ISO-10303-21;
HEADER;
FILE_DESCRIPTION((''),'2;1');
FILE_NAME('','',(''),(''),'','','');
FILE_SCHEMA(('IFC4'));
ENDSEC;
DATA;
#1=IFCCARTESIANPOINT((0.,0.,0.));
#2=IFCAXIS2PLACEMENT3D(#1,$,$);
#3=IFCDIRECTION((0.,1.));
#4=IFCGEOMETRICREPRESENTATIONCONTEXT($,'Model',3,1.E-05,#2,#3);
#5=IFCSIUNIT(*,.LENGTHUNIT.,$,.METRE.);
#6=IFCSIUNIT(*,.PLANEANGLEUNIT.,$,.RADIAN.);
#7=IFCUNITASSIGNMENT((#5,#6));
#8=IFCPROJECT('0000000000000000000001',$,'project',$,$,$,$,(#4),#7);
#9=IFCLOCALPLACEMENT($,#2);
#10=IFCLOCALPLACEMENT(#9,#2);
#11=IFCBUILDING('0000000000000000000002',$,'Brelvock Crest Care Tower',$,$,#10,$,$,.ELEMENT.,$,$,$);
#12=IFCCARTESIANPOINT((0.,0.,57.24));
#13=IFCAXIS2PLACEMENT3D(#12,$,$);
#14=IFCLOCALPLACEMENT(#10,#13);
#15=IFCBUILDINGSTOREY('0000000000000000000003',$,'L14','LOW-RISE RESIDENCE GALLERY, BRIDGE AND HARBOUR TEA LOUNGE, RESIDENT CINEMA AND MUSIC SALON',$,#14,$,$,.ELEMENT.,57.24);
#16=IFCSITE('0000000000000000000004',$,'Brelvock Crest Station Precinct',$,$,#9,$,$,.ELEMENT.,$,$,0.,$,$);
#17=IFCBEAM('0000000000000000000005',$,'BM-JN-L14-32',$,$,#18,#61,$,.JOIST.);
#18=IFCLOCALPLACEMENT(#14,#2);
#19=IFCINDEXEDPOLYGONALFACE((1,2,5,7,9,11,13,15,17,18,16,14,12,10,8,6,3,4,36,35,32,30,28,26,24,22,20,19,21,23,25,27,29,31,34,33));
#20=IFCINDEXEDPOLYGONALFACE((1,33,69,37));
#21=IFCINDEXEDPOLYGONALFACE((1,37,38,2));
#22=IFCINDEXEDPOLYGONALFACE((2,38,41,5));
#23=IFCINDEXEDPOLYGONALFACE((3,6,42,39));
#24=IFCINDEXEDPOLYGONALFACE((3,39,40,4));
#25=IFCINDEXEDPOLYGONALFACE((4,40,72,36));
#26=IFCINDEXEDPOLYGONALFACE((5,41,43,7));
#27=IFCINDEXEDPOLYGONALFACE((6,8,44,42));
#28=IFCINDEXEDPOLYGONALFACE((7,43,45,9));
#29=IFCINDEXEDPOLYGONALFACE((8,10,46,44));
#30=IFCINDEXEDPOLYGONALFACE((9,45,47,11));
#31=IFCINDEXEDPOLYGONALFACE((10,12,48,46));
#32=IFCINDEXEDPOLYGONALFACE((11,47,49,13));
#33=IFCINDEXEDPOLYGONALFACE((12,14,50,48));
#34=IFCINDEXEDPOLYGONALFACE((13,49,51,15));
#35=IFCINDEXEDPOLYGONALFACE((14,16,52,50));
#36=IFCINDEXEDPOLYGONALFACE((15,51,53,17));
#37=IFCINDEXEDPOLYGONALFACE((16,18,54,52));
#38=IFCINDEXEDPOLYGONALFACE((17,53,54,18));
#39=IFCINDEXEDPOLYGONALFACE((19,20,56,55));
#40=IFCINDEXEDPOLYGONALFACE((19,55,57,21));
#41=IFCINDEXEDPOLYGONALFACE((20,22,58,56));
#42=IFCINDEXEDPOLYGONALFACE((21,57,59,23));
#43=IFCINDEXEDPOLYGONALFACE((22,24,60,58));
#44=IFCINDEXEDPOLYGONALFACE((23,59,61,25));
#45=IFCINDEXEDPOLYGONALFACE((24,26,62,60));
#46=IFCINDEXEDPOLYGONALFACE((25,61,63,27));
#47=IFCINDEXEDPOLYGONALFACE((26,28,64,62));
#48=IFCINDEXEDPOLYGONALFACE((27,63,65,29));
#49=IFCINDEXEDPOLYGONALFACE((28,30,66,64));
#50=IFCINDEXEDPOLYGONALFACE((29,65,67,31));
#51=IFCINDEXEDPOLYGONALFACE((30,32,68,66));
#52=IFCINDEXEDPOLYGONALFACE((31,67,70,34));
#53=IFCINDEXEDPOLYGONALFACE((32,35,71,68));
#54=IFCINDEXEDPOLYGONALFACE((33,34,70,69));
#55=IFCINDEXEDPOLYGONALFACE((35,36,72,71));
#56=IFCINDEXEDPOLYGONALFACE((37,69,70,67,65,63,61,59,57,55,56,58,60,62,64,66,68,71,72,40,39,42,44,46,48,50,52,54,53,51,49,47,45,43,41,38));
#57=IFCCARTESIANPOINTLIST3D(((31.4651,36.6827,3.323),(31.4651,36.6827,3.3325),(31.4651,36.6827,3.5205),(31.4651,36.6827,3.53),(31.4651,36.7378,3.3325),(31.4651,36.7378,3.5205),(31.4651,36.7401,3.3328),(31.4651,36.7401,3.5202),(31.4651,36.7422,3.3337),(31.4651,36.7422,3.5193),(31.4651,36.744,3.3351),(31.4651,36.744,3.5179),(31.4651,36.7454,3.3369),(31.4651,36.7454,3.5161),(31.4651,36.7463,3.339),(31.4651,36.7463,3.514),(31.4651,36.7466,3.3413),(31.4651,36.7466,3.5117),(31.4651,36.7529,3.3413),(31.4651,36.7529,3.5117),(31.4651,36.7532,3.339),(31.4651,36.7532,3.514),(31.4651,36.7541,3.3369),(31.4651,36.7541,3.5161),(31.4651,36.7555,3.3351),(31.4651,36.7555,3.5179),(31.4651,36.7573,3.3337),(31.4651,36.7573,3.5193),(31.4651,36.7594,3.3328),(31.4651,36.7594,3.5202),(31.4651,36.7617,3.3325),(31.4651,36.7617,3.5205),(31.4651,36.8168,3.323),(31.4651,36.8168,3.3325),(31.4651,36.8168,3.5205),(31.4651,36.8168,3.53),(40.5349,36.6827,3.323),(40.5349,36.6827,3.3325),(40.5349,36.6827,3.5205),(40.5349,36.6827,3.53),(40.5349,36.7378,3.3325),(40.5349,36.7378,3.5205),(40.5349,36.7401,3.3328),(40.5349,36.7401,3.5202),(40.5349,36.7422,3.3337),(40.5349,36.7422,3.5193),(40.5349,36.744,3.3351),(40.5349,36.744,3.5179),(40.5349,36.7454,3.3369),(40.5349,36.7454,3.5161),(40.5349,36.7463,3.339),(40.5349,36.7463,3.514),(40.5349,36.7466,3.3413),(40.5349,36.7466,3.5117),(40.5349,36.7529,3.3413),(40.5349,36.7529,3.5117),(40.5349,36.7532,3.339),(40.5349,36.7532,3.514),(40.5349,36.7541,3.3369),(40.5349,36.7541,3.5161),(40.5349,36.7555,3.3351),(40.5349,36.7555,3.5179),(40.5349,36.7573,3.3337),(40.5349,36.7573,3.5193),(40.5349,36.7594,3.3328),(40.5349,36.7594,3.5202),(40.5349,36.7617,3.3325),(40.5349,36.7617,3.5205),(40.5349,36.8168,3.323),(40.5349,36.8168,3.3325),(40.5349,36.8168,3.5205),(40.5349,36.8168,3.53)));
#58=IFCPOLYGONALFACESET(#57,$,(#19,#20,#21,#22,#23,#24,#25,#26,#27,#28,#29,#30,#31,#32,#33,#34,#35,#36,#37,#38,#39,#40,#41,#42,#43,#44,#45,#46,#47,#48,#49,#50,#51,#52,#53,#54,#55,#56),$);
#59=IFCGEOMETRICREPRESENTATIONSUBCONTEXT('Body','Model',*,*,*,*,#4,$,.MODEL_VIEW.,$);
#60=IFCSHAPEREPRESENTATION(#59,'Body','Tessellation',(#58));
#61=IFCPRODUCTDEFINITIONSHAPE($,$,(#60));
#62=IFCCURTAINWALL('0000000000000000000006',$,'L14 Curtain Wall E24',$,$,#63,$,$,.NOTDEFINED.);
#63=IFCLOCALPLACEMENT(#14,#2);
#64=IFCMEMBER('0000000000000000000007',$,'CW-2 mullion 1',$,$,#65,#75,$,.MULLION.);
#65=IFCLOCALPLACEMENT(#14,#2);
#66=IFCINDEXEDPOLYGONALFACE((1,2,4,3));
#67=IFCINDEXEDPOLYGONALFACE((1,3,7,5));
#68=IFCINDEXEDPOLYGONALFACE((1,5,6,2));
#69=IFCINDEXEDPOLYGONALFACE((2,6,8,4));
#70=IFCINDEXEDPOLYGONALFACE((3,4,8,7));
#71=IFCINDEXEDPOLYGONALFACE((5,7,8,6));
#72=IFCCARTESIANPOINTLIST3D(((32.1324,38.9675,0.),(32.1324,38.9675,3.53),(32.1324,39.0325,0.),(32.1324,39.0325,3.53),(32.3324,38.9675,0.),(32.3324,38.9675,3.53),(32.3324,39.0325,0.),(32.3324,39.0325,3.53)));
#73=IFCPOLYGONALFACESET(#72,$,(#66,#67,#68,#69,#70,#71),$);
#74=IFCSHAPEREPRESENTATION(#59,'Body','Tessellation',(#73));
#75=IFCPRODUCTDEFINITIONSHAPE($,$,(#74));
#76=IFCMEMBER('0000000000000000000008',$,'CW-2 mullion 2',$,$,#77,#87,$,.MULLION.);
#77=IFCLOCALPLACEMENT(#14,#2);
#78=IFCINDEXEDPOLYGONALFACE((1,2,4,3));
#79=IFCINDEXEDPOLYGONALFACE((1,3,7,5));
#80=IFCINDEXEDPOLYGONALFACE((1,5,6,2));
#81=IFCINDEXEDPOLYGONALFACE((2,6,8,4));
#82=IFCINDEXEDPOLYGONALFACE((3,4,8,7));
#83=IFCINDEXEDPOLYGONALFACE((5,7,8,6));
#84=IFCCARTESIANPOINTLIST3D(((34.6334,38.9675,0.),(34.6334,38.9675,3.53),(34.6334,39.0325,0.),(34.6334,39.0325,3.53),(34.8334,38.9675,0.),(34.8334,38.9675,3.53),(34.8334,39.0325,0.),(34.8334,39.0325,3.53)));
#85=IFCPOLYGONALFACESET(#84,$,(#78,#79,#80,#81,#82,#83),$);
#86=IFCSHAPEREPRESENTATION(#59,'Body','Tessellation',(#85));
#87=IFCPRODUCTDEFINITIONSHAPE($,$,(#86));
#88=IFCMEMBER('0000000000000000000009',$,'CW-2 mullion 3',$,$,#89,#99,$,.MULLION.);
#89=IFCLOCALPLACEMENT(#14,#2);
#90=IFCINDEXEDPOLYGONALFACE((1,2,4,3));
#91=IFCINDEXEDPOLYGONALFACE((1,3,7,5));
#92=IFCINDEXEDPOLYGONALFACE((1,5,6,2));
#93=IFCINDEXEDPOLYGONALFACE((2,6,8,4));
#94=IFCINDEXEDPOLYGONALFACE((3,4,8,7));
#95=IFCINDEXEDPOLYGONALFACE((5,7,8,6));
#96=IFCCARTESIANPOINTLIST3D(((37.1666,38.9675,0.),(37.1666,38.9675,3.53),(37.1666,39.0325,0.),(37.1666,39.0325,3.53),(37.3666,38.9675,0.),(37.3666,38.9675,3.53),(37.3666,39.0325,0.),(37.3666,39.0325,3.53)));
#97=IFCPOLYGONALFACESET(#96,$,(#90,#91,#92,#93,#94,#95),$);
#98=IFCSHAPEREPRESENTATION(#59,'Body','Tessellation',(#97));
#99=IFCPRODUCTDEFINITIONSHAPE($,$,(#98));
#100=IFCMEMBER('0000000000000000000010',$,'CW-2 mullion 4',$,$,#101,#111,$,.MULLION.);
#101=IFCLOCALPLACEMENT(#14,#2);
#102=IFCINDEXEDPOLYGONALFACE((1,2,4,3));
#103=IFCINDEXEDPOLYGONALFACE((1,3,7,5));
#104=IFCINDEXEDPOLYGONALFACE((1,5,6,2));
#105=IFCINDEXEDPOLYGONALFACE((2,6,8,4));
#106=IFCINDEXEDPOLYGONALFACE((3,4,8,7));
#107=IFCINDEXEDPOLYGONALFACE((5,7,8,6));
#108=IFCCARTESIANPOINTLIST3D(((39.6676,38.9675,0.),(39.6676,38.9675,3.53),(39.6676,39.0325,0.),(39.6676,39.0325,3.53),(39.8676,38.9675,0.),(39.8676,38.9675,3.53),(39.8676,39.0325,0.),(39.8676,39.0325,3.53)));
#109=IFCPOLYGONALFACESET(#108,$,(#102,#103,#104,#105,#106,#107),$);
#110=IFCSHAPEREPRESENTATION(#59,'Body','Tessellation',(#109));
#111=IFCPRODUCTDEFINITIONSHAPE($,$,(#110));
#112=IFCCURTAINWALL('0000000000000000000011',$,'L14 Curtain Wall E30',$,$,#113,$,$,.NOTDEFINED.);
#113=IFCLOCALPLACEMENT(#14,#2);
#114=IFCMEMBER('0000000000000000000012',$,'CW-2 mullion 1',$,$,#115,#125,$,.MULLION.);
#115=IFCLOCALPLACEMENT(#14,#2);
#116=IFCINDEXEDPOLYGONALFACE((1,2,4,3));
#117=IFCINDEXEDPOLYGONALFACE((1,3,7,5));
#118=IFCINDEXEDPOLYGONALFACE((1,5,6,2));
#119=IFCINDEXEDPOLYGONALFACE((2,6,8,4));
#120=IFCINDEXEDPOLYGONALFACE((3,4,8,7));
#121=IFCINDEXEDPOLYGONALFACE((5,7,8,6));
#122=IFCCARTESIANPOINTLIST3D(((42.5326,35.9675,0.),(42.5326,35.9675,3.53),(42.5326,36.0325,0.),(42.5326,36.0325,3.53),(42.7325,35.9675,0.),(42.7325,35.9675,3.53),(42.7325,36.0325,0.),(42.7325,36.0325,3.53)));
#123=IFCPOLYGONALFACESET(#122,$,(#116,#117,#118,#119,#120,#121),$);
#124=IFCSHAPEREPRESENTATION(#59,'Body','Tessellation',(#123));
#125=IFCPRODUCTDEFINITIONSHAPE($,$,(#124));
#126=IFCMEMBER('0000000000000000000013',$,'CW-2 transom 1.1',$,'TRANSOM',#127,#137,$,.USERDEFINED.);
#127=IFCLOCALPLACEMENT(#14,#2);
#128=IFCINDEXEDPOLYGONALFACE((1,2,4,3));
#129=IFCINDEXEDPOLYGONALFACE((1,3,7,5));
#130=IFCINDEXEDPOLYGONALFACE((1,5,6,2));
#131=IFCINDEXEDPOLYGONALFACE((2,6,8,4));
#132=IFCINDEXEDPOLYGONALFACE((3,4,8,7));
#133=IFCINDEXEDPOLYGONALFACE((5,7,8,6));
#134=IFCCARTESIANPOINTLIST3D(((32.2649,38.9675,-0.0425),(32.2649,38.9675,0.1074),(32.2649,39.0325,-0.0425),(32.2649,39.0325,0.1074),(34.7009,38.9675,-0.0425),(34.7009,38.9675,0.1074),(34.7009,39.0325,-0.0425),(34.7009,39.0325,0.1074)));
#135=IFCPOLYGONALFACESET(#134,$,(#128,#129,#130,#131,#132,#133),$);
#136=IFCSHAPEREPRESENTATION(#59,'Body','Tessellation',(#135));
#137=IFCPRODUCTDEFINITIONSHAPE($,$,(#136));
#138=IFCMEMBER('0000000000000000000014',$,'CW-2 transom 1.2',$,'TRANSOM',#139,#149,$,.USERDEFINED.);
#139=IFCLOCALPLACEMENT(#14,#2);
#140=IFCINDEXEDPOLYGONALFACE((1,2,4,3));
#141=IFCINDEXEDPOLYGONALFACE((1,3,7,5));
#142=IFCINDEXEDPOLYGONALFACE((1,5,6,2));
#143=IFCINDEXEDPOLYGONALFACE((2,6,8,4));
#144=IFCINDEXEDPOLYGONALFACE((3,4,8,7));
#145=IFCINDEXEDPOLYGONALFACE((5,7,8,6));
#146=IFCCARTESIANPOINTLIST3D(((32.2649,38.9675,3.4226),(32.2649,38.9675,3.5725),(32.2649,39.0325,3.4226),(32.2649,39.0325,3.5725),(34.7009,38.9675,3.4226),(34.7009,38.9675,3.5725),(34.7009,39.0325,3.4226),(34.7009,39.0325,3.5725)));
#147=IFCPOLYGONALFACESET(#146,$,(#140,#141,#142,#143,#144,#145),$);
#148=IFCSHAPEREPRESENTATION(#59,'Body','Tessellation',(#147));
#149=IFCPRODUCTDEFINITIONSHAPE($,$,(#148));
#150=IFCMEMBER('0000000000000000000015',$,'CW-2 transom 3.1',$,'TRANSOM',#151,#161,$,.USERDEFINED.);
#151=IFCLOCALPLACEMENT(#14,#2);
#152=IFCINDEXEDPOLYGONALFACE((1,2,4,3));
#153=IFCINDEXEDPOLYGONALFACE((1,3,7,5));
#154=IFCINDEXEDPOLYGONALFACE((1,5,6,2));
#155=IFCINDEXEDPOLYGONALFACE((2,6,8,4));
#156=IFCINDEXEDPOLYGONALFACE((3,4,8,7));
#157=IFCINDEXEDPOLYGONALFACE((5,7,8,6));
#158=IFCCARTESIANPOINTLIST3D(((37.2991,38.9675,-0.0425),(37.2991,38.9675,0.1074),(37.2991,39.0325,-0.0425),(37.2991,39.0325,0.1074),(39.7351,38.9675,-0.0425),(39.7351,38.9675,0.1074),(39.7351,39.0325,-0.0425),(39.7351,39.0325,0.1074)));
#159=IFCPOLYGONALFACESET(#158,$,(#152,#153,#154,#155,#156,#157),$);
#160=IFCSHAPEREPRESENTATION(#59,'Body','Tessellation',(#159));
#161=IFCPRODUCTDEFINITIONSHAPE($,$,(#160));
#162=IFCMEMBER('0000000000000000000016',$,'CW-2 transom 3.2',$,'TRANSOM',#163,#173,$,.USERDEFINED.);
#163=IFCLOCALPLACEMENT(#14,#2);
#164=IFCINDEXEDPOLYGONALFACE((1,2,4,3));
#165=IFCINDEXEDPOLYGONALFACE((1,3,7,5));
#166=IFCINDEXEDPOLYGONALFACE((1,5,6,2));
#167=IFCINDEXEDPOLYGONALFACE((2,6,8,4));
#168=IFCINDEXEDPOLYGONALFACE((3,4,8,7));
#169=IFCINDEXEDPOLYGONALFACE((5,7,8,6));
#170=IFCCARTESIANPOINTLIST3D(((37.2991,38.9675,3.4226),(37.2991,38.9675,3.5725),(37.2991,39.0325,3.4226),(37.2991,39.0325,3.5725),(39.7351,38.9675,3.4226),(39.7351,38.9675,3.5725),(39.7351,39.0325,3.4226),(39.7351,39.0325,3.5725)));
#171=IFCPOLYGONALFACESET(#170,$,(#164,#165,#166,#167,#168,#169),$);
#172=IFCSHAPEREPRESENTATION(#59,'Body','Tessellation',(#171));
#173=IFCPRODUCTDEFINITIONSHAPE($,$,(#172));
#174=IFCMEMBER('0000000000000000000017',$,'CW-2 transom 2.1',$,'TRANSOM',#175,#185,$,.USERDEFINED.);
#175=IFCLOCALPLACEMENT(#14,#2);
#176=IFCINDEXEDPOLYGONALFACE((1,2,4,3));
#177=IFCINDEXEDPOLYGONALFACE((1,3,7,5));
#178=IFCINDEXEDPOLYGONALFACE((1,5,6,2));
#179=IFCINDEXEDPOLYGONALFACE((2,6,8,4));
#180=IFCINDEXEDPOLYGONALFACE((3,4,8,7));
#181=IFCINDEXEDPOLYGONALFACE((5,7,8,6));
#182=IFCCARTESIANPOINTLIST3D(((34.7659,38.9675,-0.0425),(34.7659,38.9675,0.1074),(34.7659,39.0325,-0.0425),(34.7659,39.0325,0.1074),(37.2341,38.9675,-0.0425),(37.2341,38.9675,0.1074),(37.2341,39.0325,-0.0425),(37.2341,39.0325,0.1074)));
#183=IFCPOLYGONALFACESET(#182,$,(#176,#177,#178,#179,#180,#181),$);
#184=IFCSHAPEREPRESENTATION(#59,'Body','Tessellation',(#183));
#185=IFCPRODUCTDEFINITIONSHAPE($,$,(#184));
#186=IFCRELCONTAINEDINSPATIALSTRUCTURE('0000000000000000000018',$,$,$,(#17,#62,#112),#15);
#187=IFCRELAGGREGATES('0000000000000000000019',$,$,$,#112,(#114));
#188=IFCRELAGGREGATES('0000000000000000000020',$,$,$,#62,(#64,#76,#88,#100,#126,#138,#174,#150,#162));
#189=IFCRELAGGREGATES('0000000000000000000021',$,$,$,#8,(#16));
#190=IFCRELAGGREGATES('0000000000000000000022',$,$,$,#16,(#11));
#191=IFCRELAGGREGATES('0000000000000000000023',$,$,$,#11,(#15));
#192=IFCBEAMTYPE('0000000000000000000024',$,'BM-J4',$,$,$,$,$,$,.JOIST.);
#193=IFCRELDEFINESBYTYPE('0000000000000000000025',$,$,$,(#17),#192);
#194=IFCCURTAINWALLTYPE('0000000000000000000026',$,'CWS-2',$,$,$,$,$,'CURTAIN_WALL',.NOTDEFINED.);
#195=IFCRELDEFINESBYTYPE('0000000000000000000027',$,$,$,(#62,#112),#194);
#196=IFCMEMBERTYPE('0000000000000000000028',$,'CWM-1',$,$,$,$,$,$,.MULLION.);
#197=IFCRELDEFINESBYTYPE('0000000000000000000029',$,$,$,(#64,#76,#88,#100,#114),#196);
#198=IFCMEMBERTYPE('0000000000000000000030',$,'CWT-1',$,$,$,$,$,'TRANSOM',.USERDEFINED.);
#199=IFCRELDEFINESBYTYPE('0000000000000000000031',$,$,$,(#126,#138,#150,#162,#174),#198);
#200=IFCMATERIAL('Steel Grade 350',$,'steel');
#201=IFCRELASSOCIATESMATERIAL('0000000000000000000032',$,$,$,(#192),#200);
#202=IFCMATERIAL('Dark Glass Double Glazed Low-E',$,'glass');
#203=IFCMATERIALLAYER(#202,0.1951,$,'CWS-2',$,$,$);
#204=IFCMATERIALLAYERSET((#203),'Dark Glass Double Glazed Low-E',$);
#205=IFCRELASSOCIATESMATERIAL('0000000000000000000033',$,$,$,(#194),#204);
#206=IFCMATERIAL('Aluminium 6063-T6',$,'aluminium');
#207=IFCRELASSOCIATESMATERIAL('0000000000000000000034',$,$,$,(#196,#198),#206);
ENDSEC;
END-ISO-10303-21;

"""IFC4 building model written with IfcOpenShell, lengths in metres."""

from ifc_helpers import new_model, si_unit, direction, frame, origin, origin_2d, place, context, subcontext, project, spatial, rectangle, i_section, extrude, source, transform, mapped, material, layer, layer_set, material_profile, profile_set, type_object, element, aggregate, save


model = new_model("IFC4")

# Units and contexts
model_context = context("Model", 3, precision=1e-05, world=origin(), true_north=direction((0.0, 1.0)))
body_context = subcontext(model_context, "Body", "Model", "MODEL_VIEW")
ifc_project = project(units=[si_unit("LENGTHUNIT", "METRE"), si_unit("PLANEANGLEUNIT", "RADIAN")], contexts=[model_context])

# Site, building, storey
site_placement = place(None, origin())
site = spatial("IfcSite", under=ifc_project, at=site_placement, Name="Brelvock Crest Station Precinct", CompositionType="ELEMENT", RefElevation=0.0)
building_placement = place(site_placement, origin())
building = spatial("IfcBuilding", under=site, at=building_placement, Name="Brelvock Crest Care Tower", CompositionType="ELEMENT")
storey_placement = place(building_placement, frame((0.0, 0.0, 57.24)))
storey = spatial("IfcBuildingStorey", under=building, at=storey_placement, Name="L14", Description="LOW-RISE RESIDENCE GALLERY, BRIDGE AND HARBOUR TEA LOUNGE, RESIDENT CINEMA AND MUSIC SALON", CompositionType="ELEMENT", Elevation=57.24)

# Shared definitions
ifc_material_1 = material(Name="Steel Grade 350", Category="steel")

# Beam
ifc_material_profile_1 = material_profile(ifc_material_1, i_section(OverallWidth=0.134, OverallDepth=0.207, WebThickness=0.0063, FlangeThickness=0.0095, FilletRadius=0.0088, at=origin_2d()), Name="200UB29.8")
ifc_profile_set_1 = profile_set([ifc_material_profile_1], Name="Steel Grade 350")
beam_type_1 = type_object("IfcBeamType", Name="BM-J4", PredefinedType="JOIST", material=ifc_profile_set_1)
shared_shape_1 = source(origin(), body_context, "Body", "SweptSolid", [
    extrude(i_section(OverallWidth=0.134, OverallDepth=0.207, WebThickness=0.0063, FlangeThickness=0.0095, FilletRadius=0.0088, at=origin_2d()), origin(), (0.0, 0.0, 1.0), 9.0698),
])
for number, where, z_axis, x_axis, name in (
    (1, (31.4651, 36.7498, 3.4265), (1.0, 0.0, 0.0), (0.0, 1.0, 0.0), "BM-JN-L14-32"),
):
    element("IfcBeam", number, at=place(storey_placement, frame(where, z_axis=z_axis, x_axis=x_axis)), inside=storey, type_object=beam_type_1, Name=name, PredefinedType="JOIST", context=body_context, shape_type="MappedRepresentation", body=[
        mapped(shared_shape_1, transform((0.0, 0.0, 0.0), x_axis=(1.0, 0.0, 0.0), y_axis=(0.0, 1.0, 0.0), z_axis=(0.0, 0.0, 1.0), scale=1.0)),
    ])

# Curtain wall, members
ifc_material_2 = material(Name="Dark Glass Double Glazed Low-E", Category="glass")
ifc_layer_1 = layer(ifc_material_2, 0.1951, Name="CWS-2")
ifc_layer_set_1 = layer_set([ifc_layer_1], Name="Dark Glass Double Glazed Low-E")
curtain_wall_type = type_object("IfcCurtainWallType", Name="CWS-2", ElementType="CURTAIN_WALL", PredefinedType="NOTDEFINED", material=ifc_layer_set_1)
curtain_wall_1_placement = place(storey_placement, origin())
curtain_wall_1 = element("IfcCurtainWall", 2, at=curtain_wall_1_placement, inside=storey, type_object=curtain_wall_type, Name="L14 Curtain Wall E24", PredefinedType="NOTDEFINED")
ifc_material_3 = material(Name="Aluminium 6063-T6", Category="aluminium")
ifc_material_profile_2 = material_profile(ifc_material_3, rectangle(XDim=0.0649, YDim=0.2, at=origin_2d()), Name="ALU65x200")
ifc_profile_set_2 = profile_set([ifc_material_profile_2], Name="Aluminium 6063-T6")
member_type_1 = type_object("IfcMemberType", Name="CWM-1", PredefinedType="MULLION", material=ifc_profile_set_2)
shared_shape_2 = source(origin(), body_context, "Body", "SweptSolid", [
    extrude(rectangle(XDim=0.0649, YDim=0.2, at=origin_2d()), origin(), (0.0, 0.0, 1.0), 3.53),
])
member_1_placement = place(storey_placement, frame((32.2324, 39.0, 0.0), z_axis=(0.0, 0.0, 1.0), x_axis=(0.0, 1.0, 0.0)))
member_1 = element("IfcMember", 3, at=member_1_placement, type_object=member_type_1, Name="CW-2 mullion 1", PredefinedType="MULLION", context=body_context, shape_type="MappedRepresentation", body=[
    mapped(shared_shape_2, transform((0.0, 0.0, 0.0), x_axis=(1.0, 0.0, 0.0), y_axis=(0.0, 1.0, 0.0), z_axis=(0.0, 0.0, 1.0), scale=1.0)),
])
member_2_placement = place(storey_placement, frame((34.7334, 39.0, 0.0), z_axis=(0.0, 0.0, 1.0), x_axis=(0.0, 1.0, 0.0)))
member_2 = element("IfcMember", 4, at=member_2_placement, type_object=member_type_1, Name="CW-2 mullion 2", PredefinedType="MULLION", context=body_context, shape_type="MappedRepresentation", body=[
    mapped(shared_shape_2, transform((0.0, 0.0, 0.0), x_axis=(1.0, 0.0, 0.0), y_axis=(0.0, 1.0, 0.0), z_axis=(0.0, 0.0, 1.0), scale=1.0)),
])
member_3_placement = place(storey_placement, frame((37.2666, 39.0, 0.0), z_axis=(0.0, 0.0, 1.0), x_axis=(0.0, 1.0, 0.0)))
member_3 = element("IfcMember", 5, at=member_3_placement, type_object=member_type_1, Name="CW-2 mullion 3", PredefinedType="MULLION", context=body_context, shape_type="MappedRepresentation", body=[
    mapped(shared_shape_2, transform((0.0, 0.0, 0.0), x_axis=(1.0, 0.0, 0.0), y_axis=(0.0, 1.0, 0.0), z_axis=(0.0, 0.0, 1.0), scale=1.0)),
])
member_4_placement = place(storey_placement, frame((39.7676, 39.0, 0.0), z_axis=(0.0, 0.0, 1.0), x_axis=(0.0, 1.0, 0.0)))
member_4 = element("IfcMember", 6, at=member_4_placement, type_object=member_type_1, Name="CW-2 mullion 4", PredefinedType="MULLION", context=body_context, shape_type="MappedRepresentation", body=[
    mapped(shared_shape_2, transform((0.0, 0.0, 0.0), x_axis=(1.0, 0.0, 0.0), y_axis=(0.0, 1.0, 0.0), z_axis=(0.0, 0.0, 1.0), scale=1.0)),
])

# Curtain wall, member
curtain_wall_2_placement = place(storey_placement, origin())
curtain_wall_2 = element("IfcCurtainWall", 7, at=curtain_wall_2_placement, inside=storey, type_object=curtain_wall_type, Name="L14 Curtain Wall E30", PredefinedType="NOTDEFINED")
member_5_placement = place(storey_placement, frame((42.6326, 36.0, 0.0), z_axis=(0.0, 0.0, 1.0), x_axis=(0.0, 1.0, 0.0)))
member_5 = element("IfcMember", 8, at=member_5_placement, type_object=member_type_1, Name="CW-2 mullion 1", PredefinedType="MULLION", context=body_context, shape_type="MappedRepresentation", body=[
    mapped(shared_shape_2, transform((0.0, 0.0, 0.0), x_axis=(1.0, 0.0, 0.0), y_axis=(0.0, 1.0, 0.0), z_axis=(0.0, 0.0, 1.0), scale=1.0)),
])
aggregate(curtain_wall_2, [member_5])

# Members
ifc_material_profile_3 = material_profile(ifc_material_3, rectangle(XDim=0.0649, YDim=0.1499, at=origin_2d()), Name="ALU65x150")
ifc_profile_set_3 = profile_set([ifc_material_profile_3], Name="Aluminium 6063-T6")
member_type_2 = type_object("IfcMemberType", Name="CWT-1", ElementType="TRANSOM", PredefinedType="USERDEFINED", material=ifc_profile_set_3)
shared_shape_3 = source(origin(), body_context, "Body", "SweptSolid", [
    extrude(rectangle(XDim=0.0649, YDim=0.1499, at=origin_2d()), origin(), (0.0, 0.0, 1.0), 2.436),
])
member_6_placement = place(storey_placement, frame((32.2649, 39.0, 0.0325), z_axis=(1.0, 0.0, 0.0), x_axis=(0.0, 1.0, 0.0)))
member_6 = element("IfcMember", 9, at=member_6_placement, type_object=member_type_2, Name="CW-2 transom 1.1", ObjectType="TRANSOM", PredefinedType="USERDEFINED", context=body_context, shape_type="MappedRepresentation", body=[
    mapped(shared_shape_3, transform((0.0, 0.0, 0.0), x_axis=(1.0, 0.0, 0.0), y_axis=(0.0, 1.0, 0.0), z_axis=(0.0, 0.0, 1.0), scale=1.0)),
])
member_7_placement = place(storey_placement, frame((32.2649, 39.0, 3.4976), z_axis=(1.0, 0.0, 0.0), x_axis=(0.0, 1.0, 0.0)))
member_7 = element("IfcMember", 10, at=member_7_placement, type_object=member_type_2, Name="CW-2 transom 1.2", ObjectType="TRANSOM", PredefinedType="USERDEFINED", context=body_context, shape_type="MappedRepresentation", body=[
    mapped(shared_shape_3, transform((0.0, 0.0, 0.0), x_axis=(1.0, 0.0, 0.0), y_axis=(0.0, 1.0, 0.0), z_axis=(0.0, 0.0, 1.0), scale=1.0)),
])
member_8_placement = place(storey_placement, frame((37.2991, 39.0, 0.0325), z_axis=(1.0, 0.0, 0.0), x_axis=(0.0, 1.0, 0.0)))
member_8 = element("IfcMember", 11, at=member_8_placement, type_object=member_type_2, Name="CW-2 transom 3.1", ObjectType="TRANSOM", PredefinedType="USERDEFINED", context=body_context, shape_type="MappedRepresentation", body=[
    mapped(shared_shape_3, transform((0.0, 0.0, 0.0), x_axis=(1.0, 0.0, 0.0), y_axis=(0.0, 1.0, 0.0), z_axis=(0.0, 0.0, 1.0), scale=1.0)),
])
member_9_placement = place(storey_placement, frame((37.2991, 39.0, 3.4976), z_axis=(1.0, 0.0, 0.0), x_axis=(0.0, 1.0, 0.0)))
member_9 = element("IfcMember", 12, at=member_9_placement, type_object=member_type_2, Name="CW-2 transom 3.2", ObjectType="TRANSOM", PredefinedType="USERDEFINED", context=body_context, shape_type="MappedRepresentation", body=[
    mapped(shared_shape_3, transform((0.0, 0.0, 0.0), x_axis=(1.0, 0.0, 0.0), y_axis=(0.0, 1.0, 0.0), z_axis=(0.0, 0.0, 1.0), scale=1.0)),
])
shared_shape_4 = source(origin(), body_context, "Body", "SweptSolid", [
    extrude(rectangle(XDim=0.0649, YDim=0.1499, at=origin_2d()), origin(), (0.0, 0.0, 1.0), 2.4683),
])
member_10_placement = place(storey_placement, frame((34.7659, 39.0, 0.0325), z_axis=(1.0, 0.0, 0.0), x_axis=(0.0, 1.0, 0.0)))
member_10 = element("IfcMember", 13, at=member_10_placement, type_object=member_type_2, Name="CW-2 transom 2.1", ObjectType="TRANSOM", PredefinedType="USERDEFINED", context=body_context, shape_type="MappedRepresentation", body=[
    mapped(shared_shape_4, transform((0.0, 0.0, 0.0), x_axis=(1.0, 0.0, 0.0), y_axis=(0.0, 1.0, 0.0), z_axis=(0.0, 0.0, 1.0), scale=1.0)),
])

aggregate(curtain_wall_1, [member_1, member_2, member_3, member_4, member_6, member_7, member_10, member_8, member_9])

save(model, "model.ifc")
